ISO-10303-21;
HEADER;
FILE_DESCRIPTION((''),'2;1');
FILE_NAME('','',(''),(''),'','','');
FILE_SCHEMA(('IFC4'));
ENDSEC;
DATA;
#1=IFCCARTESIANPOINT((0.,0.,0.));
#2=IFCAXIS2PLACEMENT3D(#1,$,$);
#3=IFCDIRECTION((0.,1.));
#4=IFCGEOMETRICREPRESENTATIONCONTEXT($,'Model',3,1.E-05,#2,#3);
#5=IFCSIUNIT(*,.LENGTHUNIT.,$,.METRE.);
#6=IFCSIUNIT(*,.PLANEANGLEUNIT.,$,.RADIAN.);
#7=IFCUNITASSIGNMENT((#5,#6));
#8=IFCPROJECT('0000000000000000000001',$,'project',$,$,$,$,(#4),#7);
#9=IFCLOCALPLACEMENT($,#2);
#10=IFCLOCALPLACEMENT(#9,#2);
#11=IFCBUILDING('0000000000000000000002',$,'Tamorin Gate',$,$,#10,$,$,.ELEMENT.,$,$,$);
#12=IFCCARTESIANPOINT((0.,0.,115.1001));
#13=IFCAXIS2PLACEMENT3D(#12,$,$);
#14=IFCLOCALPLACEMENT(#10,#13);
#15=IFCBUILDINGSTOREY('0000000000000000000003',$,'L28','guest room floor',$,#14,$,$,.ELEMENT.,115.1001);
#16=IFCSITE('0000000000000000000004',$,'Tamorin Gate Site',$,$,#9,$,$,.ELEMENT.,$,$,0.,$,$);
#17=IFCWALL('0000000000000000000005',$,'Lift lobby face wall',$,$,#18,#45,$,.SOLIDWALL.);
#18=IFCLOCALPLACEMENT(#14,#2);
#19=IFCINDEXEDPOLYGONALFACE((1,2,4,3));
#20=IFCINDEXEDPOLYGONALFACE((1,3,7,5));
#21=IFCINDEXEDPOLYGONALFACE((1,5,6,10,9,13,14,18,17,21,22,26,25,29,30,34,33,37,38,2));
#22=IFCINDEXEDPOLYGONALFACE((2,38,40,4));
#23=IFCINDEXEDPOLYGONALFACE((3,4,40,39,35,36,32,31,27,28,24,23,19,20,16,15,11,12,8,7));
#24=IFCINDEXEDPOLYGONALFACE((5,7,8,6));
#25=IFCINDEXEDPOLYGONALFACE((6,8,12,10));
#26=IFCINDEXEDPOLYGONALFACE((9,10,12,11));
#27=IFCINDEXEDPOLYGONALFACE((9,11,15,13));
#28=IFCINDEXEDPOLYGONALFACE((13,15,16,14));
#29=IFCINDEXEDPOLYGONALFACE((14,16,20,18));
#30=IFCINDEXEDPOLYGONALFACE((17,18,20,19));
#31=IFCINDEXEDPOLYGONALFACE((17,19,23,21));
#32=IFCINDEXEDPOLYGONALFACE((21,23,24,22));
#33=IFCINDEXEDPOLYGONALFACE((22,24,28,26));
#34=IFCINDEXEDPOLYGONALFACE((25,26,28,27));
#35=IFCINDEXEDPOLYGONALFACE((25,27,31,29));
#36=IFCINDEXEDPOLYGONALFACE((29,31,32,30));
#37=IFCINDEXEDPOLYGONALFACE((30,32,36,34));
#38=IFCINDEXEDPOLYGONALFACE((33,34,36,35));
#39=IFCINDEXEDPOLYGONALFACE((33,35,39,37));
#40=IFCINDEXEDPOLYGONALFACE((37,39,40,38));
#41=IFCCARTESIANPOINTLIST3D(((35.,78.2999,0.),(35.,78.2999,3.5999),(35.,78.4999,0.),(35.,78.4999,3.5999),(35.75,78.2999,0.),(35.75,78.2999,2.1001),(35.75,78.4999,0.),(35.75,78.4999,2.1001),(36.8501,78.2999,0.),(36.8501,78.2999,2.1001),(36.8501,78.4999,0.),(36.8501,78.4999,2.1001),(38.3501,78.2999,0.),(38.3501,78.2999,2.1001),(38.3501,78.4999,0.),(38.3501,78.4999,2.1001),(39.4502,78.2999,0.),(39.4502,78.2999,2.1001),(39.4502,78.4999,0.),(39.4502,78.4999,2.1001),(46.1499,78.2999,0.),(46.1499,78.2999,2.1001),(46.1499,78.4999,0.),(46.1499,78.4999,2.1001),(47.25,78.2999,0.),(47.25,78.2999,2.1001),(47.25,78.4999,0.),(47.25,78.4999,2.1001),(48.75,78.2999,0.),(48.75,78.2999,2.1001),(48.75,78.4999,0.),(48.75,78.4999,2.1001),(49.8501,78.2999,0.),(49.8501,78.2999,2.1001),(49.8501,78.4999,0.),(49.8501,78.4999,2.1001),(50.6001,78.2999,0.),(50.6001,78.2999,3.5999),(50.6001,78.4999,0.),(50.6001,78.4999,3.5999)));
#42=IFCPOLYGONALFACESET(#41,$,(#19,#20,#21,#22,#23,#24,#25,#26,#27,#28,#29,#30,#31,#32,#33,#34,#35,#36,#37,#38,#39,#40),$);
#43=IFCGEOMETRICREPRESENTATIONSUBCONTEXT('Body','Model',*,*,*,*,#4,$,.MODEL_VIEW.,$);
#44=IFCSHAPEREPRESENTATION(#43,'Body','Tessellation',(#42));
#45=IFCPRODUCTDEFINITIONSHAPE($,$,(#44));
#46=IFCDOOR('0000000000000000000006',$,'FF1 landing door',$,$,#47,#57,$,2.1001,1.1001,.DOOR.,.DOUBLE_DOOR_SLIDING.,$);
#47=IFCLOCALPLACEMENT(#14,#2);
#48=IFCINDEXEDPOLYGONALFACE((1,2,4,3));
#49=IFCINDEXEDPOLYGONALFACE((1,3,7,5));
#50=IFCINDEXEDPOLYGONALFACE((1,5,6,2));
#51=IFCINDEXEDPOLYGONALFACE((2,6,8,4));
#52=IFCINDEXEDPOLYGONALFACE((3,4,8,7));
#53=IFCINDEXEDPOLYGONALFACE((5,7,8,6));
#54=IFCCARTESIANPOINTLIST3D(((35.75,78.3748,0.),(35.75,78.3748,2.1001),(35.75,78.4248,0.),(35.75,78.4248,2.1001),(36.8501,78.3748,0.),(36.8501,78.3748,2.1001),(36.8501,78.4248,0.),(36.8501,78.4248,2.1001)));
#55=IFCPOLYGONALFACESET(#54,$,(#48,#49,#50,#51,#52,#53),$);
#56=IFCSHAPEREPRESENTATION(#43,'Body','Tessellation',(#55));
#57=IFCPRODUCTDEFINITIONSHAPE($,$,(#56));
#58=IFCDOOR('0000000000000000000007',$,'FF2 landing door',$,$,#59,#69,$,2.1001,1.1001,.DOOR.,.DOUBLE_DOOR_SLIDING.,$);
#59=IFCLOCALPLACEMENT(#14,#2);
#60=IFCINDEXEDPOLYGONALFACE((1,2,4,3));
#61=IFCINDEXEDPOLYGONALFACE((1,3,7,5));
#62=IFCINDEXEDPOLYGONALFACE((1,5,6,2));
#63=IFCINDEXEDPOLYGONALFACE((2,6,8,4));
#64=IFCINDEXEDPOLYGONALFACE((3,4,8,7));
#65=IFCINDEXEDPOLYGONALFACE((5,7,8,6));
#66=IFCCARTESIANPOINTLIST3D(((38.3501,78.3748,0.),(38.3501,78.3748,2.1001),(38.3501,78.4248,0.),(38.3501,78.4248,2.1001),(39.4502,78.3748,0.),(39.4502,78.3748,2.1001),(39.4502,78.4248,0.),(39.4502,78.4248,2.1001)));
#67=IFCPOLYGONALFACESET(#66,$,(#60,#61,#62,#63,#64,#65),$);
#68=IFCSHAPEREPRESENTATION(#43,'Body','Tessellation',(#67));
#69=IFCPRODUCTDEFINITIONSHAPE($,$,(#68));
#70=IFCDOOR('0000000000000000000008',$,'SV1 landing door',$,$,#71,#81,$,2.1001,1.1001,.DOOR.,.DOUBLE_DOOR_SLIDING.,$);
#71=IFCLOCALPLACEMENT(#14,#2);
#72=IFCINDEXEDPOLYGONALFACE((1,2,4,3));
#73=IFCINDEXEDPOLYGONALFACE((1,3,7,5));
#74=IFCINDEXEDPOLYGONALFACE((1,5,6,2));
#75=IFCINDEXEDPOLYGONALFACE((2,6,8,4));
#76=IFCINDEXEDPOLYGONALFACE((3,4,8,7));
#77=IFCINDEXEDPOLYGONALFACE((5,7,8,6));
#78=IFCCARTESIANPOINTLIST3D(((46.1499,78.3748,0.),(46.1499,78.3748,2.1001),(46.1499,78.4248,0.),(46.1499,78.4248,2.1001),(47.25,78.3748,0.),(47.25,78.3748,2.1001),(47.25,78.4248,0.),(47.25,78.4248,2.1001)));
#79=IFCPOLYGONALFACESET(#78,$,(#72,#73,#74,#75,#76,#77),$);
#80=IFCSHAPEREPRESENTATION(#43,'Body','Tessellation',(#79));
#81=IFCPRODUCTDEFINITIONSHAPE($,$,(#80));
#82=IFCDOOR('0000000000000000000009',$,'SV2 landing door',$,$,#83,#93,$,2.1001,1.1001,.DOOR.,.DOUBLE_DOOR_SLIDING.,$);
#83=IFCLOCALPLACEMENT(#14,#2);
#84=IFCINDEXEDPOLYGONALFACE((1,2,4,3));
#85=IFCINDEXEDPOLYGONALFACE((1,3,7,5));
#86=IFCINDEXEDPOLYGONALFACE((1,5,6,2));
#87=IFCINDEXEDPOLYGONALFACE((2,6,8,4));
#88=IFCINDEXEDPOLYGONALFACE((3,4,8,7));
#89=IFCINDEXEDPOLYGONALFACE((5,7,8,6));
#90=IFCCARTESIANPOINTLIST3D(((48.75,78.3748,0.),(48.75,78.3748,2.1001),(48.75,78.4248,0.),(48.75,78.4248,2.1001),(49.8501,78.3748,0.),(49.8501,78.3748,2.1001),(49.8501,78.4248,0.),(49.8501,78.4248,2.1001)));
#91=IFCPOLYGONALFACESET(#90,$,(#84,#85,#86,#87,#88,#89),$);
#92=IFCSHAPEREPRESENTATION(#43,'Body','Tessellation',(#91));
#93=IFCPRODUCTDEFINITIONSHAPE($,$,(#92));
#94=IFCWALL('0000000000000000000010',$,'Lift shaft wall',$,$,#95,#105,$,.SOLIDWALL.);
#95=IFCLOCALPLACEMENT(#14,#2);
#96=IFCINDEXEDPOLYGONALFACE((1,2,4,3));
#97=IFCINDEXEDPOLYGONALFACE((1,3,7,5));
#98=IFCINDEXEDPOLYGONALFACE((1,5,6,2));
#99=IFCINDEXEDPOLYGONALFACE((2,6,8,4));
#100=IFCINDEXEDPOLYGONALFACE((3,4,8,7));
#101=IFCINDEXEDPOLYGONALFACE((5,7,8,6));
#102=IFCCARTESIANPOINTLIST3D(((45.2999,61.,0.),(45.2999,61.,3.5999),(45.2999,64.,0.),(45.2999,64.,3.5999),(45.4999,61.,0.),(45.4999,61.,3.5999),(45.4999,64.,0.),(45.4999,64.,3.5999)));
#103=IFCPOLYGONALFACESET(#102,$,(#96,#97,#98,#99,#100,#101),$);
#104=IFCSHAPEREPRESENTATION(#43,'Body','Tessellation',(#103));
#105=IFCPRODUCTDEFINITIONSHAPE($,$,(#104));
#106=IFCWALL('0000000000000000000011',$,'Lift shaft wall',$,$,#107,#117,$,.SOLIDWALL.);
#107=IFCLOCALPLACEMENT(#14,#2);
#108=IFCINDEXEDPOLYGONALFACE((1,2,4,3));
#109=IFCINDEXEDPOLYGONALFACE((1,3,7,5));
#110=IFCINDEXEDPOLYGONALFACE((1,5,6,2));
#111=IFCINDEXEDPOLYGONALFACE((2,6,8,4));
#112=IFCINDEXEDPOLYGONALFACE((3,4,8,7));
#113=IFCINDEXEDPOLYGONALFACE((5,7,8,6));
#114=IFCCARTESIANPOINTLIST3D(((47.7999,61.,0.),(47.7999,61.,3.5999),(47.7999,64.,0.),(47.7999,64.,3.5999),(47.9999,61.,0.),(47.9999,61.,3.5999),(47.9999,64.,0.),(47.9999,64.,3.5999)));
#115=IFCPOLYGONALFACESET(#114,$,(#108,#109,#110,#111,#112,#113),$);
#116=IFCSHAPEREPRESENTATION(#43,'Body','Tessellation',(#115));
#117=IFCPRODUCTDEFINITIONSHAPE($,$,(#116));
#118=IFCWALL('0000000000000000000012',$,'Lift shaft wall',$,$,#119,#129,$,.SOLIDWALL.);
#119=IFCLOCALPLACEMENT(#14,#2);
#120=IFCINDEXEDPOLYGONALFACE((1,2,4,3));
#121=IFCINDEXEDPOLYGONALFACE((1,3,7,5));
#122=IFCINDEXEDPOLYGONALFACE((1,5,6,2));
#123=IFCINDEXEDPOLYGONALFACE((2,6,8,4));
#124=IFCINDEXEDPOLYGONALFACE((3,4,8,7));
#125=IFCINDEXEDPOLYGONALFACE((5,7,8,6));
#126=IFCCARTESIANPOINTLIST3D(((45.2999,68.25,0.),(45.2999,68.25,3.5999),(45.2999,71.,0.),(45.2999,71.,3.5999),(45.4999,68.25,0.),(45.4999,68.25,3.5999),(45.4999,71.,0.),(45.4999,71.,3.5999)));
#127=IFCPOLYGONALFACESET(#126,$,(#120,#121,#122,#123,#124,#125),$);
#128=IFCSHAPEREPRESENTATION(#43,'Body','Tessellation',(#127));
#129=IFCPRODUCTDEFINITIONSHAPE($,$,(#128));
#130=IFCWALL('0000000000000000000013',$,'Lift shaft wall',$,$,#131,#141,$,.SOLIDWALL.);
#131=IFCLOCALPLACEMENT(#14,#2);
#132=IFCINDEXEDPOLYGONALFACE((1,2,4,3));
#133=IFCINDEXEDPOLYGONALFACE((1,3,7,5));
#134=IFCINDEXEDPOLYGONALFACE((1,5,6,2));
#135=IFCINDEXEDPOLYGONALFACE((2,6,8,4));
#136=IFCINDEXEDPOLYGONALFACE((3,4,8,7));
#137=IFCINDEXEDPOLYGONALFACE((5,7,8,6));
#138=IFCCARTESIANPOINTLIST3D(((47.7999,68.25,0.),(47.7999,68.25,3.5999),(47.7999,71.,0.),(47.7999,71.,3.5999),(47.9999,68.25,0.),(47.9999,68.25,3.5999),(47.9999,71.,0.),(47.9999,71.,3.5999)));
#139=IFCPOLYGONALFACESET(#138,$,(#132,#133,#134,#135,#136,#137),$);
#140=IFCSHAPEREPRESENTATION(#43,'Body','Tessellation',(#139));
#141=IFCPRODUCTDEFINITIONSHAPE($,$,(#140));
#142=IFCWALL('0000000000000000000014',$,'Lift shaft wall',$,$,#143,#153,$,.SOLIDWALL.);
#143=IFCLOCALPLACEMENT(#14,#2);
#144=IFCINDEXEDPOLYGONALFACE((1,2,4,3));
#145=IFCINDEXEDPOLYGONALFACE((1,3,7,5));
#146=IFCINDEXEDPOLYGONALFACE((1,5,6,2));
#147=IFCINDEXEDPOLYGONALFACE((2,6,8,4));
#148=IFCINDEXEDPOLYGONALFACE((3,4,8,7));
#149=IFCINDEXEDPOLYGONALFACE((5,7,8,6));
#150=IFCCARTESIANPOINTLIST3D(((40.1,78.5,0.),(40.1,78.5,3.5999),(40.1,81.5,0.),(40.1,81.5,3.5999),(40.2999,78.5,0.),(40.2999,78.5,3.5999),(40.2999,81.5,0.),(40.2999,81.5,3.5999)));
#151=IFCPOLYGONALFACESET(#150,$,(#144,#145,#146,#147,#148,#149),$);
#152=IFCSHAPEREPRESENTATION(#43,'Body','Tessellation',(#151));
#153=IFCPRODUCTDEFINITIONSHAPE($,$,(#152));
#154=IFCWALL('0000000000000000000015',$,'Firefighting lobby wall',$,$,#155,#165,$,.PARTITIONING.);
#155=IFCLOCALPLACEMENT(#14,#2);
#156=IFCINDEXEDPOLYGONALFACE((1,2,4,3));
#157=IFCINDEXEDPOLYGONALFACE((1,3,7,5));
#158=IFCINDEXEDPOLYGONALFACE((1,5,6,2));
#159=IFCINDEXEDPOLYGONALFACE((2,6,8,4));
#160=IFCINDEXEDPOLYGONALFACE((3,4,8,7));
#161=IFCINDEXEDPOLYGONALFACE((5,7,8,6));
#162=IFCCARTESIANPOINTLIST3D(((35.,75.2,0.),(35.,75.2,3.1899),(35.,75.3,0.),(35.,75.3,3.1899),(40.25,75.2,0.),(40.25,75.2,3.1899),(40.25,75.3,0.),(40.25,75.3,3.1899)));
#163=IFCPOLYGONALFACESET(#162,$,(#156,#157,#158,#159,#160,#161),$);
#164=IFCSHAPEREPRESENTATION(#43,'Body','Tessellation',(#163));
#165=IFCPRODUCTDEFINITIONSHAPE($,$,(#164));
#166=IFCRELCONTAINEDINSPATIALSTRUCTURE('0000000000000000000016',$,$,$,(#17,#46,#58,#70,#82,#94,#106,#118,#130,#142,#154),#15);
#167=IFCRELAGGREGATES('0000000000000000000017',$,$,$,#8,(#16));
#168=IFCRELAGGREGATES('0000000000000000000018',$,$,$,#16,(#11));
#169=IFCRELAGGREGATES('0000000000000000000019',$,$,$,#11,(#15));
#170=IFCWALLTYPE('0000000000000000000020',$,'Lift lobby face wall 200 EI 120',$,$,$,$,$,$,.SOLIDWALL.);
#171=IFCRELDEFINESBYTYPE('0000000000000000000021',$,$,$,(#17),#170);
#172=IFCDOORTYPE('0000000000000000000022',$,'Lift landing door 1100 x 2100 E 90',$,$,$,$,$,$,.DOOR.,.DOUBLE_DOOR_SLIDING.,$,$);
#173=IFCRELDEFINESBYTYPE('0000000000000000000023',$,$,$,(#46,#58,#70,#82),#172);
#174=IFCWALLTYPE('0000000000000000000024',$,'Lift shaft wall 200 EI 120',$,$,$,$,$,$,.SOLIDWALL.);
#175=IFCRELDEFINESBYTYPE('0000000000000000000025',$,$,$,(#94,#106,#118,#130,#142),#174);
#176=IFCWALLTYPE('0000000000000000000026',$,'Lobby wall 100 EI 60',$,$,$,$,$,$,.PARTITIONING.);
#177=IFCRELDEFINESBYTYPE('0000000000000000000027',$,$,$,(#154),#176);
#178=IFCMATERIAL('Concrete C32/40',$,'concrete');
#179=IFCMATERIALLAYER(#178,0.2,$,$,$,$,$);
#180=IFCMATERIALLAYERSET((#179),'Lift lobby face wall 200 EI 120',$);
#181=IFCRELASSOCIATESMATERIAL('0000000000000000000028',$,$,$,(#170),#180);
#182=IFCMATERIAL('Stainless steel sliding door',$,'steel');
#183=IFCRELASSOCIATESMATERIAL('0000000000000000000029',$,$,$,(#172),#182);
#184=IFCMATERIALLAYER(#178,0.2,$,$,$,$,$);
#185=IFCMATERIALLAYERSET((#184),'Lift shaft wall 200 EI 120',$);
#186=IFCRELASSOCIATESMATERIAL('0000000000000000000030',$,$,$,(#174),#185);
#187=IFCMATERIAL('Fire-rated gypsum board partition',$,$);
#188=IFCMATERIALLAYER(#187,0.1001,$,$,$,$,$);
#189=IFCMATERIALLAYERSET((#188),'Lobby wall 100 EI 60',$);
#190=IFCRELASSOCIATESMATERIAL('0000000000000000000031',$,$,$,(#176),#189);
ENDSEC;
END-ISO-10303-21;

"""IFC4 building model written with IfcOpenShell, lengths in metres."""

from ifc_helpers import new_model, si_unit, direction, frame, frame_2d, origin, place, context, subcontext, project, spatial, rectangle, extrude, material, layer, layer_set, type_object, element, fill, save


model = new_model("IFC4")

# Units and contexts
model_context = context("Model", 3, precision=1e-05, world=origin(), true_north=direction((0.0, 1.0)))
body_context = subcontext(model_context, "Body", "Model", "MODEL_VIEW")
ifc_project = project(units=[si_unit("LENGTHUNIT", "METRE"), si_unit("PLANEANGLEUNIT", "RADIAN")], contexts=[model_context])

# Site, building, storey
site_placement = place(None, origin())
site = spatial("IfcSite", under=ifc_project, at=site_placement, Name="Tamorin Gate Site", CompositionType="ELEMENT", RefElevation=0.0)
building_placement = place(site_placement, origin())
building = spatial("IfcBuilding", under=site, at=building_placement, Name="Tamorin Gate", CompositionType="ELEMENT")
storey_placement = place(building_placement, frame((0.0, 0.0, 115.1001)))
storey = spatial("IfcBuildingStorey", under=building, at=storey_placement, Name="L28", Description="guest room floor", CompositionType="ELEMENT", Elevation=115.1001)

# Wall, openings, doors
ifc_material_1 = material(Name="Concrete C32/40", Category="concrete")
ifc_layer_1 = layer(ifc_material_1, 0.2)
ifc_layer_set_1 = layer_set([ifc_layer_1], Name="Lift lobby face wall 200 EI 120")
wall_type_1 = type_object("IfcWallType", Name="Lift lobby face wall 200 EI 120", PredefinedType="SOLIDWALL", material=ifc_layer_set_1)
wall_1_placement = place(storey_placement, frame((35.0, 78.3999, 0.0), z_axis=(0.0, 0.0, 1.0), x_axis=(1.0, 0.0, 0.0)))
wall_1 = element("IfcWall", 1, at=wall_1_placement, inside=storey, type_object=wall_type_1, Name="Lift lobby face wall", PredefinedType="SOLIDWALL", context=body_context, shape_type="SweptSolid", body=[
    extrude(rectangle(XDim=15.6001, YDim=0.2, at=frame_2d((7.8, 0.0))), origin(), (0.0, 0.0, 1.0), 3.5999),
])
opening_1_placement = place(wall_1_placement, frame((0.75, 0.0, 0.0)))
opening_1 = element("IfcOpeningElement", 2, at=opening_1_placement, cuts=wall_1, PredefinedType="OPENING", context=body_context, shape_type="SweptSolid", body=[
    extrude(rectangle(XDim=1.1001, YDim=2.1001, at=frame_2d((0.55, 1.05))), frame((0.0, 0.1099, 0.0), z_axis=(0.0, -1.0, 0.0), x_axis=(1.0, 0.0, 0.0)), (0.0, 0.0, 1.0), 0.22),
])
opening_2_placement = place(wall_1_placement, frame((3.3501, 0.0, 0.0)))
opening_2 = element("IfcOpeningElement", 3, at=opening_2_placement, cuts=wall_1, PredefinedType="OPENING", context=body_context, shape_type="SweptSolid", body=[
    extrude(rectangle(XDim=1.1001, YDim=2.1001, at=frame_2d((0.55, 1.05))), frame((0.0, 0.1099, 0.0), z_axis=(0.0, -1.0, 0.0), x_axis=(1.0, 0.0, 0.0)), (0.0, 0.0, 1.0), 0.22),
])
opening_3_placement = place(wall_1_placement, frame((11.1499, 0.0, 0.0)))
opening_3 = element("IfcOpeningElement", 4, at=opening_3_placement, cuts=wall_1, PredefinedType="OPENING", context=body_context, shape_type="SweptSolid", body=[
    extrude(rectangle(XDim=1.1001, YDim=2.1001, at=frame_2d((0.55, 1.05))), frame((0.0, 0.1099, 0.0), z_axis=(0.0, -1.0, 0.0), x_axis=(1.0, 0.0, 0.0)), (0.0, 0.0, 1.0), 0.22),
])
opening_4_placement = place(wall_1_placement, frame((13.75, 0.0, 0.0)))
opening_4 = element("IfcOpeningElement", 5, at=opening_4_placement, cuts=wall_1, PredefinedType="OPENING", context=body_context, shape_type="SweptSolid", body=[
    extrude(rectangle(XDim=1.1001, YDim=2.1001, at=frame_2d((0.55, 1.05))), frame((0.0, 0.1099, 0.0), z_axis=(0.0, -1.0, 0.0), x_axis=(1.0, 0.0, 0.0)), (0.0, 0.0, 1.0), 0.22),
])
ifc_material_2 = material(Name="Stainless steel sliding door", Category="steel")
door_type_1 = type_object("IfcDoorType", Name="Lift landing door 1100 x 2100 E 90", OperationType="DOUBLE_DOOR_SLIDING", PredefinedType="DOOR", material=ifc_material_2)
door_1_placement = place(opening_1_placement, origin())
door_1 = element("IfcDoor", 6, at=door_1_placement, inside=storey, type_object=door_type_1, Name="FF1 landing door", OperationType="DOUBLE_DOOR_SLIDING", OverallHeight=2.1001, OverallWidth=1.1001, PredefinedType="DOOR", context=body_context, shape_type="SweptSolid", body=[
    extrude(rectangle(XDim=1.1001, YDim=2.1001, at=frame_2d((0.55, 1.05))), frame((0.0, 0.0249, 0.0), z_axis=(0.0, -1.0, 0.0), x_axis=(1.0, 0.0, 0.0)), (0.0, 0.0, 1.0), 0.05),
])
fill(opening_1, door_1)
door_2_placement = place(opening_2_placement, origin())
door_2 = element("IfcDoor", 7, at=door_2_placement, inside=storey, type_object=door_type_1, Name="FF2 landing door", OperationType="DOUBLE_DOOR_SLIDING", OverallHeight=2.1001, OverallWidth=1.1001, PredefinedType="DOOR", context=body_context, shape_type="SweptSolid", body=[
    extrude(rectangle(XDim=1.1001, YDim=2.1001, at=frame_2d((0.55, 1.05))), frame((0.0, 0.0249, 0.0), z_axis=(0.0, -1.0, 0.0), x_axis=(1.0, 0.0, 0.0)), (0.0, 0.0, 1.0), 0.05),
])
fill(opening_2, door_2)
door_3_placement = place(opening_3_placement, origin())
door_3 = element("IfcDoor", 8, at=door_3_placement, inside=storey, type_object=door_type_1, Name="SV1 landing door", OperationType="DOUBLE_DOOR_SLIDING", OverallHeight=2.1001, OverallWidth=1.1001, PredefinedType="DOOR", context=body_context, shape_type="SweptSolid", body=[
    extrude(rectangle(XDim=1.1001, YDim=2.1001, at=frame_2d((0.55, 1.05))), frame((0.0, 0.0249, 0.0), z_axis=(0.0, -1.0, 0.0), x_axis=(1.0, 0.0, 0.0)), (0.0, 0.0, 1.0), 0.05),
])
fill(opening_3, door_3)
door_4_placement = place(opening_4_placement, origin())
door_4 = element("IfcDoor", 9, at=door_4_placement, inside=storey, type_object=door_type_1, Name="SV2 landing door", OperationType="DOUBLE_DOOR_SLIDING", OverallHeight=2.1001, OverallWidth=1.1001, PredefinedType="DOOR", context=body_context, shape_type="SweptSolid", body=[
    extrude(rectangle(XDim=1.1001, YDim=2.1001, at=frame_2d((0.55, 1.05))), frame((0.0, 0.0249, 0.0), z_axis=(0.0, -1.0, 0.0), x_axis=(1.0, 0.0, 0.0)), (0.0, 0.0, 1.0), 0.05),
])
fill(opening_4, door_4)

# Walls
ifc_layer_2 = layer(ifc_material_1, 0.2)
ifc_layer_set_2 = layer_set([ifc_layer_2], Name="Lift shaft wall 200 EI 120")
wall_type_2 = type_object("IfcWallType", Name="Lift shaft wall 200 EI 120", PredefinedType="SOLIDWALL", material=ifc_layer_set_2)
for number, where, z_axis, x_axis, name in (
    (10, (45.3999, 61.0, 0.0), (0.0, 0.0, 1.0), (0.0, 1.0, 0.0), "Lift shaft wall"),
    (11, (47.8999, 61.0, 0.0), (0.0, 0.0, 1.0), (0.0, 1.0, 0.0), "Lift shaft wall"),
):
    element("IfcWall", number, at=place(storey_placement, frame(where, z_axis=z_axis, x_axis=x_axis)), inside=storey, type_object=wall_type_2, Name=name, PredefinedType="SOLIDWALL", context=body_context, shape_type="SweptSolid", body=[
        extrude(rectangle(XDim=3.0, YDim=0.2, at=frame_2d((1.5, 0.0))), origin(), (0.0, 0.0, 1.0), 3.5999),
    ])
for number, where, z_axis, x_axis, name in (
    (12, (45.3999, 68.25, 0.0), (0.0, 0.0, 1.0), (0.0, 1.0, 0.0), "Lift shaft wall"),
    (13, (47.8999, 68.25, 0.0), (0.0, 0.0, 1.0), (0.0, 1.0, 0.0), "Lift shaft wall"),
):
    element("IfcWall", number, at=place(storey_placement, frame(where, z_axis=z_axis, x_axis=x_axis)), inside=storey, type_object=wall_type_2, Name=name, PredefinedType="SOLIDWALL", context=body_context, shape_type="SweptSolid", body=[
        extrude(rectangle(XDim=2.75, YDim=0.2, at=frame_2d((1.375, 0.0))), origin(), (0.0, 0.0, 1.0), 3.5999),
    ])
wall_2_placement = place(storey_placement, frame((40.2, 78.5, 0.0), z_axis=(0.0, 0.0, 1.0), x_axis=(0.0, 1.0, 0.0)))
element("IfcWall", 14, at=wall_2_placement, inside=storey, type_object=wall_type_2, Name="Lift shaft wall", PredefinedType="SOLIDWALL", context=body_context, shape_type="SweptSolid", body=[
    extrude(rectangle(XDim=3.0, YDim=0.2, at=frame_2d((1.5, 0.0))), origin(), (0.0, 0.0, 1.0), 3.5999),
])
ifc_material_3 = material(Name="Fire-rated gypsum board partition")
ifc_layer_3 = layer(ifc_material_3, 0.1001)
ifc_layer_set_3 = layer_set([ifc_layer_3], Name="Lobby wall 100 EI 60")
wall_type_3 = type_object("IfcWallType", Name="Lobby wall 100 EI 60", PredefinedType="PARTITIONING", material=ifc_layer_set_3)
wall_3_placement = place(storey_placement, frame((35.0, 75.25, 0.0), z_axis=(0.0, 0.0, 1.0), x_axis=(1.0, 0.0, 0.0)))
element("IfcWall", 15, at=wall_3_placement, inside=storey, type_object=wall_type_3, Name="Firefighting lobby wall", PredefinedType="PARTITIONING", context=body_context, shape_type="SweptSolid", body=[
    extrude(rectangle(XDim=5.25, YDim=0.1001, at=frame_2d((2.625, 0.0))), origin(), (0.0, 0.0, 1.0), 3.1899),
])

save(model, "model.ifc")
